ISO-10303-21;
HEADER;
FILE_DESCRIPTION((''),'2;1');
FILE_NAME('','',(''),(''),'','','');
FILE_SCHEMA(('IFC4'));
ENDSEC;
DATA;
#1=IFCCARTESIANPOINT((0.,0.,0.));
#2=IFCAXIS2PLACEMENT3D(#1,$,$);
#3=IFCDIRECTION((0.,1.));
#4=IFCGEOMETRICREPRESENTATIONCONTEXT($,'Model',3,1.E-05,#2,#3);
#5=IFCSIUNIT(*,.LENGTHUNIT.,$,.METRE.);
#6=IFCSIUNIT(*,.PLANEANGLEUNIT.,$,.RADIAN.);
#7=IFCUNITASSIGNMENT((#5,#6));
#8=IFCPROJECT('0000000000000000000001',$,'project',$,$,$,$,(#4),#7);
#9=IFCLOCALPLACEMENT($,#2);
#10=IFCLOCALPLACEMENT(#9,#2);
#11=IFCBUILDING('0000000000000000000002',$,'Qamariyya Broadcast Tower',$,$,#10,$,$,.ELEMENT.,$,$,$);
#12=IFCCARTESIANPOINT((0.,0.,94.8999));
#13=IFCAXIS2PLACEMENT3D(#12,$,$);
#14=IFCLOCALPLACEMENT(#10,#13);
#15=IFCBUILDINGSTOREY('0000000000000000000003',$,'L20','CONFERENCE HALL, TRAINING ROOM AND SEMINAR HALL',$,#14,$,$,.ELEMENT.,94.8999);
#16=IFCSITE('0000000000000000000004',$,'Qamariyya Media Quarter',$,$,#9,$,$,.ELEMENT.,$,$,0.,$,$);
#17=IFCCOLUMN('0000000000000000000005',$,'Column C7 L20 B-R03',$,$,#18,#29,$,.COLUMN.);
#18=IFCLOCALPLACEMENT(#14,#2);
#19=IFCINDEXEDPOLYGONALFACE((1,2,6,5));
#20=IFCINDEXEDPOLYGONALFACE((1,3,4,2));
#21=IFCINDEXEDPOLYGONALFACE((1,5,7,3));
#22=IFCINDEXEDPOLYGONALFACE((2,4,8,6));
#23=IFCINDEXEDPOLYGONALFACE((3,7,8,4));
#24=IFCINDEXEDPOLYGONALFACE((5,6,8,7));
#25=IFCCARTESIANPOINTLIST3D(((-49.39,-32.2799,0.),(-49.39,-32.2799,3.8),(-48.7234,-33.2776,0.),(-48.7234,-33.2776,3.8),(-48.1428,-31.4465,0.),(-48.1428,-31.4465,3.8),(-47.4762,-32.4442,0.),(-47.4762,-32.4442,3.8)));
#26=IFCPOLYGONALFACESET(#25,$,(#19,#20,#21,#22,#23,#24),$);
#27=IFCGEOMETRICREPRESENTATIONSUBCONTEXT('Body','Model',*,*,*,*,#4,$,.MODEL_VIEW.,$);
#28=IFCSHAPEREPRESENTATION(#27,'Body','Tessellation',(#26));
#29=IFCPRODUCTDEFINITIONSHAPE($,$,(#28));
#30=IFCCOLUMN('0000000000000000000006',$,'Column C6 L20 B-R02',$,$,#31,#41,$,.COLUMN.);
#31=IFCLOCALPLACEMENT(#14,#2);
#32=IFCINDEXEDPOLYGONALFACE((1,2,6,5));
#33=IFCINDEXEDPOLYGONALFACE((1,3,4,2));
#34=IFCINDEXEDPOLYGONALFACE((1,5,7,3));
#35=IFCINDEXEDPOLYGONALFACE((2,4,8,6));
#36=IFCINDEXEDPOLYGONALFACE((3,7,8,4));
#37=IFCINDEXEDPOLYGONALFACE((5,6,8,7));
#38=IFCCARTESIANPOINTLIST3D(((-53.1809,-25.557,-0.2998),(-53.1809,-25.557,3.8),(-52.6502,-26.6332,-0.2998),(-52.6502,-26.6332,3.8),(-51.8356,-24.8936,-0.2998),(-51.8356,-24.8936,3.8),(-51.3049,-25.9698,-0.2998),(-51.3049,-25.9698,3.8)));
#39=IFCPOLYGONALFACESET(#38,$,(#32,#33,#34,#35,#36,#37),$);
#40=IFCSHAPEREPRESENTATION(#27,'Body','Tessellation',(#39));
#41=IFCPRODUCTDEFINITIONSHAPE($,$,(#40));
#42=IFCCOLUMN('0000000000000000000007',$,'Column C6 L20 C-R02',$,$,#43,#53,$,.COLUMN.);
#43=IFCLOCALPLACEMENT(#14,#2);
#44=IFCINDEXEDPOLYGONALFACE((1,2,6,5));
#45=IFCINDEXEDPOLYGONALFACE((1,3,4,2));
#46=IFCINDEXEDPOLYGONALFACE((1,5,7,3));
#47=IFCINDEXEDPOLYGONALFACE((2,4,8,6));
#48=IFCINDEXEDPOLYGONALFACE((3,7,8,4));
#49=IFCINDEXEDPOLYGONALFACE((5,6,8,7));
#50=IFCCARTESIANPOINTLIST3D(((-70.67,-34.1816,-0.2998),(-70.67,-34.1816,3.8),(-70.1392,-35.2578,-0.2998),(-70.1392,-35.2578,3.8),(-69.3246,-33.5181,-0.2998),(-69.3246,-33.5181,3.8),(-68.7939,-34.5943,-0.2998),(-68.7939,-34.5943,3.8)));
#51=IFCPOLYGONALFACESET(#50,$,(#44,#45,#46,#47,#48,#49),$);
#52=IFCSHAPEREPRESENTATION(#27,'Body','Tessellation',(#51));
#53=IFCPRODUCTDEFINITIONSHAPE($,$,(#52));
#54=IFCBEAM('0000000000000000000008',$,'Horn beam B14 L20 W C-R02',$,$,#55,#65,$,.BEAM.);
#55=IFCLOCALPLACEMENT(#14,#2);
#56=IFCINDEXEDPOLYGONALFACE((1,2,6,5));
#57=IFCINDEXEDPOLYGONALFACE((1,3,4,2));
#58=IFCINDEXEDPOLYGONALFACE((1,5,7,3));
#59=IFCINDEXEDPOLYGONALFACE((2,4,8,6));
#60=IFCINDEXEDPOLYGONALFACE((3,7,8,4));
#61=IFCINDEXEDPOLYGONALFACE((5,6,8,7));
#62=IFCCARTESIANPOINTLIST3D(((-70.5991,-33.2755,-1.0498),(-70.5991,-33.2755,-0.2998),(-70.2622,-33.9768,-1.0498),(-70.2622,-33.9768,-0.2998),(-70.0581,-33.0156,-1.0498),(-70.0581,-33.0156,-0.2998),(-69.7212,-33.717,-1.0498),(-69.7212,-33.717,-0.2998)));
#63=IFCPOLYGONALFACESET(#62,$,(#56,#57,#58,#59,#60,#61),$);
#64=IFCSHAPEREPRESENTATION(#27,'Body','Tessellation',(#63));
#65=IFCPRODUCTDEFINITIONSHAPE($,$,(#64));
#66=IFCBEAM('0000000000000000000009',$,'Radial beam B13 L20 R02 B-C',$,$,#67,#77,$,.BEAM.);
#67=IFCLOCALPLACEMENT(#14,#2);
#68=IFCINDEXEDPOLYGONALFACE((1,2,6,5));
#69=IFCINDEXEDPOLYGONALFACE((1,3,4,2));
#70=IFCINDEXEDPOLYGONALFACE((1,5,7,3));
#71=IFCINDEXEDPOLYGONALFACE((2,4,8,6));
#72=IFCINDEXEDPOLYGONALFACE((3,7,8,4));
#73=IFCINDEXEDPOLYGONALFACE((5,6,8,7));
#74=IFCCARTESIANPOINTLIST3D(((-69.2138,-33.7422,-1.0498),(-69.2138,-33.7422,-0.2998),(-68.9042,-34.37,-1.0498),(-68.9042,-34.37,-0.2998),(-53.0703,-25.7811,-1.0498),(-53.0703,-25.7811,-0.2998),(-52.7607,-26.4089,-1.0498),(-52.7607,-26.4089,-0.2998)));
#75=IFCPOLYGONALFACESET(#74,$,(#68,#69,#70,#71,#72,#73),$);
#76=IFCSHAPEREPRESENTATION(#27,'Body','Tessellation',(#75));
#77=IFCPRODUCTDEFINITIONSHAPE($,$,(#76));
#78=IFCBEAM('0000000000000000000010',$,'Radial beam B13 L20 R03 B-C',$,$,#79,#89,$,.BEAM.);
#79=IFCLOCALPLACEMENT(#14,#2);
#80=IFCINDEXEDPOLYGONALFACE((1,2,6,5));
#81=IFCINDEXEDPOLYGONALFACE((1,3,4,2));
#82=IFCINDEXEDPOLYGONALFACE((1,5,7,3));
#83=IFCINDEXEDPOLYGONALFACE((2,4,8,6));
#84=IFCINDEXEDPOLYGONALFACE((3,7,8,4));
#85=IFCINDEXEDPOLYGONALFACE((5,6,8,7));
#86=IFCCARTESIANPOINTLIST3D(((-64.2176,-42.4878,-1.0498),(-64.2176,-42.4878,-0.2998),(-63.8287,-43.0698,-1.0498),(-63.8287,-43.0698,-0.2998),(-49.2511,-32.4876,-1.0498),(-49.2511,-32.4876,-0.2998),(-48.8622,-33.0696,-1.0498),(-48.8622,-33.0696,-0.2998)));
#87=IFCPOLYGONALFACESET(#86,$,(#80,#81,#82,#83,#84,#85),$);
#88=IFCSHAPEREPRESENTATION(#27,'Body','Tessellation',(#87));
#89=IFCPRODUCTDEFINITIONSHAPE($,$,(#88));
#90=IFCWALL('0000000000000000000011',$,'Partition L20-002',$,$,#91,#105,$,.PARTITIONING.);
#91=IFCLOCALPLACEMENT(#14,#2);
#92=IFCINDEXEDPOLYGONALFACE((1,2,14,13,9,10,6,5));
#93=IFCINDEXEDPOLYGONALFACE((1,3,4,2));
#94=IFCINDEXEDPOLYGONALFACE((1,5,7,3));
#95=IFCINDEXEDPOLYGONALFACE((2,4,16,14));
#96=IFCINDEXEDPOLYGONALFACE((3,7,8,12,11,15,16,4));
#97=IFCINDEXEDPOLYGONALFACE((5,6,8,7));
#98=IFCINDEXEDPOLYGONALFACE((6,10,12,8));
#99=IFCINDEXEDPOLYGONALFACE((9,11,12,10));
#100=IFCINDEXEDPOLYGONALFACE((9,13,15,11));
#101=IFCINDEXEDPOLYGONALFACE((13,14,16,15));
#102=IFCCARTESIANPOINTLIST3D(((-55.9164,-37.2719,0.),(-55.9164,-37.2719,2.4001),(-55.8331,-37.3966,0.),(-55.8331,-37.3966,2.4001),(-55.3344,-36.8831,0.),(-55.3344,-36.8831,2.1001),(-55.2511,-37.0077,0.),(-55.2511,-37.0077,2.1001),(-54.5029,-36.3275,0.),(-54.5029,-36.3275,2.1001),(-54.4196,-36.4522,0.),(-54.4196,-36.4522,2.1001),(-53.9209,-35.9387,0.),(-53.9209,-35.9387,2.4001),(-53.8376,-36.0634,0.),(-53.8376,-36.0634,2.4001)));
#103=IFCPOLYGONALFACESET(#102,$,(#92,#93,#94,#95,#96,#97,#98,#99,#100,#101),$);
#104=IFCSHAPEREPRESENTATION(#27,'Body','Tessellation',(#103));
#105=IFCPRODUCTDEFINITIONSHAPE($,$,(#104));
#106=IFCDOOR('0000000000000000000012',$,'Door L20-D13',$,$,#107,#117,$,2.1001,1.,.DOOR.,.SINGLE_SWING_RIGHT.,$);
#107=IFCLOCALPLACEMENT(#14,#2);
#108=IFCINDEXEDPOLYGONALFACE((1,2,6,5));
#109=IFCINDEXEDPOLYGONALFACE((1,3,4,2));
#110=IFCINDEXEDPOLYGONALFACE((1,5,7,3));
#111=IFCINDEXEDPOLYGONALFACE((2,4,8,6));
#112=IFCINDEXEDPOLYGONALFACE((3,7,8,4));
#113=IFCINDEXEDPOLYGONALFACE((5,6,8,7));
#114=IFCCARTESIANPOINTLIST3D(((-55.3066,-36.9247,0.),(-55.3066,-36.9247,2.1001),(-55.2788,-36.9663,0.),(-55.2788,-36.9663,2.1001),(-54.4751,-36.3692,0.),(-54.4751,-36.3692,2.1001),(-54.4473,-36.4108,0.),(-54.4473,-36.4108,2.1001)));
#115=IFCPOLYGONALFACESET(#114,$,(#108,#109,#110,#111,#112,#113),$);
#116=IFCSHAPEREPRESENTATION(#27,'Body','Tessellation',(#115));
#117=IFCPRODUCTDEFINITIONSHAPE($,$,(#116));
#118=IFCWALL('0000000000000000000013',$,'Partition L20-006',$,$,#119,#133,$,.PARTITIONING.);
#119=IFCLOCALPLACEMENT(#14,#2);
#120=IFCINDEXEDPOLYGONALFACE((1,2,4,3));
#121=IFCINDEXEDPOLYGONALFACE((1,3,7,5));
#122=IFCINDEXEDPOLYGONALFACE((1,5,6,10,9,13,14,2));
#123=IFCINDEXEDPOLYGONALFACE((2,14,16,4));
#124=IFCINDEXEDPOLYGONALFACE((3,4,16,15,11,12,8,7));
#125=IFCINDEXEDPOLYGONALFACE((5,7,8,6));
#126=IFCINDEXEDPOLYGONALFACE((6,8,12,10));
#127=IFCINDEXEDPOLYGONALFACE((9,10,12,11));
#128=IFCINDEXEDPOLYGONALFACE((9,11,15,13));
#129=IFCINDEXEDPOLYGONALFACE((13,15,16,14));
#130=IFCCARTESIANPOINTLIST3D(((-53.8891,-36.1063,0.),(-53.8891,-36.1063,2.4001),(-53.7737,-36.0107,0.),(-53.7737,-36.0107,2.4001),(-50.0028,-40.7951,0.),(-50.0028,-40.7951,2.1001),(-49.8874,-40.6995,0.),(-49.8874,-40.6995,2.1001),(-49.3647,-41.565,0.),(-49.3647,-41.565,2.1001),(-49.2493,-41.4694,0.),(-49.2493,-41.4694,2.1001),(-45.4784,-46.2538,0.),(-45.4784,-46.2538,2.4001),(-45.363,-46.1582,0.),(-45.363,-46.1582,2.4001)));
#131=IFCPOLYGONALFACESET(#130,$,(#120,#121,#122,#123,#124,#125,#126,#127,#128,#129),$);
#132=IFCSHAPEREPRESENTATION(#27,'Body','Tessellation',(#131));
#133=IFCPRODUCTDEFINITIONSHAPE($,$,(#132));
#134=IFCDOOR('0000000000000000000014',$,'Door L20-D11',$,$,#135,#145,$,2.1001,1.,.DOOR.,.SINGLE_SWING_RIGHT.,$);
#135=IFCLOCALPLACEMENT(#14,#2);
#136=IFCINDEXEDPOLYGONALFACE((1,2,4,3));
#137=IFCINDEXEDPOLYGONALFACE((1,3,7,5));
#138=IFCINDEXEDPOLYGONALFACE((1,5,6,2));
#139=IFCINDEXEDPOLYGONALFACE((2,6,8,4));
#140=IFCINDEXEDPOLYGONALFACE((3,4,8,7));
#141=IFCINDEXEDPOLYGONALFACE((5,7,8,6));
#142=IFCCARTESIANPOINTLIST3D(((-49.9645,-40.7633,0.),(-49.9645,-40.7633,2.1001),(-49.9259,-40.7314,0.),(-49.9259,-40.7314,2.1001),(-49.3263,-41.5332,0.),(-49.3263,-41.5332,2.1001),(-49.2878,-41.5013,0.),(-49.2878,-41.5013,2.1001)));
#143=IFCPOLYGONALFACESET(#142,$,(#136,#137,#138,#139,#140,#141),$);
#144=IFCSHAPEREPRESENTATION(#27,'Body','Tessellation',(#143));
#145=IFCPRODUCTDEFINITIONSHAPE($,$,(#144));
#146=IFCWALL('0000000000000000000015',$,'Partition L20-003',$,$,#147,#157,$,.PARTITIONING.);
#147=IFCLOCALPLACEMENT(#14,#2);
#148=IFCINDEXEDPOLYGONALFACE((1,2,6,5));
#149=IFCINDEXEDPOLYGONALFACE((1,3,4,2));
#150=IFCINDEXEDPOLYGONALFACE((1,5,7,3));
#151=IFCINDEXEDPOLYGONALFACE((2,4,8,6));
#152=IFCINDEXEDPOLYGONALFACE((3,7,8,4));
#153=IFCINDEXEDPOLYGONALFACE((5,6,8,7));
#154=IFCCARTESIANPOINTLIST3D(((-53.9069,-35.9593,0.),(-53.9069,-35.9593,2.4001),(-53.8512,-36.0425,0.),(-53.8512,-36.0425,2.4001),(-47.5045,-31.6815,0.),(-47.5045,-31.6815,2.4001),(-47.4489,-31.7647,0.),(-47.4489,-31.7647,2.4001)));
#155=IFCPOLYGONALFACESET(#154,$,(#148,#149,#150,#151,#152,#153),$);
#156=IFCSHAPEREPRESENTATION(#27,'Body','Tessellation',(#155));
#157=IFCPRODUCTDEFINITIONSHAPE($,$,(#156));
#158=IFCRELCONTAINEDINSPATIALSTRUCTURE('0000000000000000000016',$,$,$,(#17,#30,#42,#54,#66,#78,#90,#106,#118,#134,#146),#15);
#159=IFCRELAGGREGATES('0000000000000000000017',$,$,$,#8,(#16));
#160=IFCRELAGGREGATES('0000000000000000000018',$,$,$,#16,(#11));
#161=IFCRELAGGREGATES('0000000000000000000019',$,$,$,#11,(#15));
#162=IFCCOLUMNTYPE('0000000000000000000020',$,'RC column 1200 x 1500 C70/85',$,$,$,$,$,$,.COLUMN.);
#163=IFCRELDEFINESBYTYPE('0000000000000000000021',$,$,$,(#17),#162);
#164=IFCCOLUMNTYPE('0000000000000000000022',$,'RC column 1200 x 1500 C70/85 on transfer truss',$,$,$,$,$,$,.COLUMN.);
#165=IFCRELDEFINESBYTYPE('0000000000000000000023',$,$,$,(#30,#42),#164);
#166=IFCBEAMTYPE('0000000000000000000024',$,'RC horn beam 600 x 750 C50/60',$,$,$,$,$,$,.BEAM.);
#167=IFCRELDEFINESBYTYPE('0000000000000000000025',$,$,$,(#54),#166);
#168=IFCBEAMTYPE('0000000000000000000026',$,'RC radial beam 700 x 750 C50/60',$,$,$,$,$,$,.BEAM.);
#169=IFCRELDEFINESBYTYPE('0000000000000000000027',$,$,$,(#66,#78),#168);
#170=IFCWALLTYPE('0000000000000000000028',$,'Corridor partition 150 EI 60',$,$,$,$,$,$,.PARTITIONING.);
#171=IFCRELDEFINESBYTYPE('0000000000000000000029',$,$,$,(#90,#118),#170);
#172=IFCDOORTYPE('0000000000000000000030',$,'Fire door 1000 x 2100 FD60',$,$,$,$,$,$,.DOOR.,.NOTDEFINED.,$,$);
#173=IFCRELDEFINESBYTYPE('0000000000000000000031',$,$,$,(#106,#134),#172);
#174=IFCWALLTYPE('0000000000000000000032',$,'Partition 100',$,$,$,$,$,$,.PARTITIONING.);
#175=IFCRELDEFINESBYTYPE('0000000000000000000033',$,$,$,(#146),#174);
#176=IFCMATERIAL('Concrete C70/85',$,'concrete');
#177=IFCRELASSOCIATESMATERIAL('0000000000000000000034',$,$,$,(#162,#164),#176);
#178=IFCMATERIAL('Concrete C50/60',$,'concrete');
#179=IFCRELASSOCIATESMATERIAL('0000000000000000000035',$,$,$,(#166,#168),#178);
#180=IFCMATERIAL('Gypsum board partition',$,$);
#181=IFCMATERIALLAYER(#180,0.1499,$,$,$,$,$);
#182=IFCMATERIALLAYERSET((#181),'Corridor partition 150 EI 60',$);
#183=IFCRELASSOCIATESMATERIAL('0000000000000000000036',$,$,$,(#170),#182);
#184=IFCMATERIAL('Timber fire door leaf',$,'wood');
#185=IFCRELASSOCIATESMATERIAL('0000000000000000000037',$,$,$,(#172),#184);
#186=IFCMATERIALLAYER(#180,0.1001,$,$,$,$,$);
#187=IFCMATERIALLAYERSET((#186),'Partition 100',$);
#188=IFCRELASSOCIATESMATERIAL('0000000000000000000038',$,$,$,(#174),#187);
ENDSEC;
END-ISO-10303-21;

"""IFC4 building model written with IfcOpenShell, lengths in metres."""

from ifc_helpers import new_model, si_unit, direction, frame, frame_2d, origin, origin_2d, place, context, subcontext, project, spatial, rectangle, extrude, material, layer, layer_set, material_profile, profile_set, type_object, element, fill, save


model = new_model("IFC4")

# Units and contexts
model_context = context("Model", 3, precision=1e-05, world=origin(), true_north=direction((0.0, 1.0)))
body_context = subcontext(model_context, "Body", "Model", "MODEL_VIEW")
ifc_project = project(units=[si_unit("LENGTHUNIT", "METRE"), si_unit("PLANEANGLEUNIT", "RADIAN")], contexts=[model_context])

# Site, building, storey
site_placement = place(None, origin())
site = spatial("IfcSite", under=ifc_project, at=site_placement, Name="Qamariyya Media Quarter", CompositionType="ELEMENT", RefElevation=0.0)
building_placement = place(site_placement, origin())
building = spatial("IfcBuilding", under=site, at=building_placement, Name="Qamariyya Broadcast Tower", CompositionType="ELEMENT")
storey_placement = place(building_placement, frame((0.0, 0.0, 94.8999)))
storey = spatial("IfcBuildingStorey", under=building, at=storey_placement, Name="L20", Description="CONFERENCE HALL, TRAINING ROOM AND SEMINAR HALL", CompositionType="ELEMENT", Elevation=94.8999)

# Columns
ifc_material_1 = material(Name="Concrete C70/85", Category="concrete")
ifc_material_profile_1 = material_profile(ifc_material_1, rectangle(XDim=1.2, YDim=1.5, at=origin_2d()))
ifc_profile_set_1 = profile_set([ifc_material_profile_1], Name="Concrete C70/85")
column_type_1 = type_object("IfcColumnType", Name="RC column 1200 x 1500 C70/85", PredefinedType="COLUMN", material=ifc_profile_set_1)
column_placement = place(storey_placement, frame((-48.4331, -32.3621, 0.0), z_axis=(0.0, 0.0, 1.0), x_axis=(0.55557, -0.83147, 0.0)))
element("IfcColumn", 1, at=column_placement, inside=storey, type_object=column_type_1, Name="Column C7 L20 B-R03", PredefinedType="COLUMN", context=body_context, shape_type="SweptSolid", body=[
    extrude(rectangle(XDim=1.2, YDim=1.5, at=origin_2d()), origin(), (0.0, 0.0, 1.0), 3.8),
])
ifc_material_profile_2 = material_profile(ifc_material_1, rectangle(XDim=1.2, YDim=1.5, at=origin_2d()))
ifc_profile_set_2 = profile_set([ifc_material_profile_2], Name="Concrete C70/85")
column_type_2 = type_object("IfcColumnType", Name="RC column 1200 x 1500 C70/85 on transfer truss", PredefinedType="COLUMN", material=ifc_profile_set_2)
for number, where, z_axis, x_axis, name in (
    (2, (-52.2429, -25.7634, -0.2998), (0.0, 0.0, 1.0), (0.442289, -0.896873, 0.0), "Column C6 L20 B-R02"),
    (3, (-69.7319, -34.3879, -0.2998), (0.0, 0.0, 1.0), (0.442289, -0.896873, 0.0), "Column C6 L20 C-R02"),
):
    element("IfcColumn", number, at=place(storey_placement, frame(where, z_axis=z_axis, x_axis=x_axis)), inside=storey, type_object=column_type_2, Name=name, PredefinedType="COLUMN", context=body_context, shape_type="SweptSolid", body=[
        extrude(rectangle(XDim=1.2, YDim=1.5, at=origin_2d()), origin(), (0.0, 0.0, 1.0), 4.0999),
    ])

# Beams
ifc_material_2 = material(Name="Concrete C50/60", Category="concrete")
ifc_material_profile_3 = material_profile(ifc_material_2, rectangle(XDim=0.6001, YDim=0.75, at=origin_2d()))
ifc_profile_set_3 = profile_set([ifc_material_profile_3], Name="Concrete C50/60")
beam_type_1 = type_object("IfcBeamType", Name="RC horn beam 600 x 750 C50/60", PredefinedType="BEAM", material=ifc_profile_set_3)
beam_1_placement = place(storey_placement, frame((-69.9917, -33.8469, -0.6748), z_axis=(-0.432976, 0.901406, 0.0), x_axis=(-0.901406, -0.432976, 0.0)))
element("IfcBeam", 4, at=beam_1_placement, inside=storey, type_object=beam_type_1, Name="Horn beam B14 L20 W C-R02", PredefinedType="BEAM", context=body_context, shape_type="SweptSolid", body=[
    extrude(rectangle(XDim=0.6001, YDim=0.75, at=origin_2d()), origin(), (0.0, 0.0, 1.0), 0.7781),
])
ifc_material_profile_4 = material_profile(ifc_material_2, rectangle(XDim=0.7, YDim=0.75, at=origin_2d()))
ifc_profile_set_4 = profile_set([ifc_material_profile_4], Name="Concrete C50/60")
beam_type_2 = type_object("IfcBeamType", Name="RC radial beam 700 x 750 C50/60", PredefinedType="BEAM", material=ifc_profile_set_4)
beam_2_placement = place(storey_placement, frame((-52.9155, -26.095, -0.6748), z_axis=(-0.896871, -0.442291, 0.0), x_axis=(0.442291, -0.896871, 0.0)))
element("IfcBeam", 5, at=beam_2_placement, inside=storey, type_object=beam_type_2, Name="Radial beam B13 L20 R02 B-C", PredefinedType="BEAM", context=body_context, shape_type="SweptSolid", body=[
    extrude(rectangle(XDim=0.7, YDim=0.75, at=origin_2d()), origin(), (0.0, 0.0, 1.0), 17.9998),
])
beam_3_placement = place(storey_placement, frame((-49.0566, -32.7786, -0.6748), z_axis=(-0.831472, -0.555567, 0.0), x_axis=(0.555567, -0.831472, 0.0)))
element("IfcBeam", 6, at=beam_3_placement, inside=storey, type_object=beam_type_2, Name="Radial beam B13 L20 R03 B-C", PredefinedType="BEAM", context=body_context, shape_type="SweptSolid", body=[
    extrude(rectangle(XDim=0.7, YDim=0.75, at=origin_2d()), origin(), (0.0, 0.0, 1.0), 18.0),
])

# Walls, openings, doors
ifc_material_3 = material(Name="Gypsum board partition")
ifc_layer_1 = layer(ifc_material_3, 0.1499)
ifc_layer_set_1 = layer_set([ifc_layer_1], Name="Corridor partition 150 EI 60")
wall_type_1 = type_object("IfcWallType", Name="Corridor partition 150 EI 60", PredefinedType="PARTITIONING", material=ifc_layer_set_1)
wall_1_placement = place(storey_placement, frame((-55.8748, -37.3342, 0.0), z_axis=(0.0, 0.0, 1.0), x_axis=(0.831502, 0.555522, 0.0)))
wall_1 = element("IfcWall", 7, at=wall_1_placement, inside=storey, type_object=wall_type_1, Name="Partition L20-002", PredefinedType="PARTITIONING", context=body_context, shape_type="SweptSolid", body=[
    extrude(rectangle(XDim=2.3999, YDim=0.1499, at=frame_2d((1.2, 0.0))), origin(), (0.0, 0.0, 1.0), 2.4001),
])
opening_1_placement = place(wall_1_placement, frame((0.7, 0.0, 0.0)))
opening_1 = element("IfcOpeningElement", 8, at=opening_1_placement, cuts=wall_1, PredefinedType="OPENING", context=body_context, shape_type="SweptSolid", body=[
    extrude(rectangle(XDim=1.0, YDim=2.1001, at=frame_2d((0.5, 1.05))), frame((0.0, 0.085, 0.0), z_axis=(0.0, -1.0, 0.0), x_axis=(1.0, 0.0, 0.0)), (0.0, 0.0, 1.0), 0.1699),
])
ifc_material_4 = material(Name="Timber fire door leaf", Category="wood")
door_type = type_object("IfcDoorType", Name="Fire door 1000 x 2100 FD60", OperationType="NOTDEFINED", PredefinedType="DOOR", material=ifc_material_4)
door_1_placement = place(opening_1_placement, origin())
door_1 = element("IfcDoor", 9, at=door_1_placement, inside=storey, type_object=door_type, Name="Door L20-D13", OperationType="SINGLE_SWING_RIGHT", OverallHeight=2.1001, OverallWidth=1.0, PredefinedType="DOOR", context=body_context, shape_type="SweptSolid", body=[
    extrude(rectangle(XDim=1.0, YDim=2.1001, at=frame_2d((0.5, 1.05))), frame((0.0, 0.0249, 0.0), z_axis=(0.0, -1.0, 0.0), x_axis=(1.0, 0.0, 0.0)), (0.0, 0.0, 1.0), 0.05),
])
fill(opening_1, door_1)
wall_2_placement = place(storey_placement, frame((-53.8313, -36.0586, 0.0), z_axis=(0.0, 0.0, 1.0), x_axis=(0.638141, -0.769919, 0.0)))
wall_2 = element("IfcWall", 10, at=wall_2_placement, inside=storey, type_object=wall_type_1, Name="Partition L20-006", PredefinedType="PARTITIONING", context=body_context, shape_type="SweptSolid", body=[
    extrude(rectangle(XDim=13.1799, YDim=0.1499, at=frame_2d((6.5898, 0.0))), origin(), (0.0, 0.0, 1.0), 2.4001),
])
opening_2_placement = place(wall_2_placement, frame((6.0898, 0.0, 0.0)))
opening_2 = element("IfcOpeningElement", 11, at=opening_2_placement, cuts=wall_2, PredefinedType="OPENING", context=body_context, shape_type="SweptSolid", body=[
    extrude(rectangle(XDim=1.0, YDim=2.1001, at=frame_2d((0.5, 1.05))), frame((0.0, 0.085, 0.0), z_axis=(0.0, -1.0, 0.0), x_axis=(1.0, 0.0, 0.0)), (0.0, 0.0, 1.0), 0.1699),
])
door_2_placement = place(opening_2_placement, origin())
door_2 = element("IfcDoor", 12, at=door_2_placement, inside=storey, type_object=door_type, Name="Door L20-D11", OperationType="SINGLE_SWING_RIGHT", OverallHeight=2.1001, OverallWidth=1.0, PredefinedType="DOOR", context=body_context, shape_type="SweptSolid", body=[
    extrude(rectangle(XDim=1.0, YDim=2.1001, at=frame_2d((0.5, 1.05))), frame((0.0, 0.0249, 0.0), z_axis=(0.0, -1.0, 0.0), x_axis=(1.0, 0.0, 0.0)), (0.0, 0.0, 1.0), 0.05),
])
fill(opening_2, door_2)

# Wall
ifc_layer_2 = layer(ifc_material_3, 0.1001)
ifc_layer_set_2 = layer_set([ifc_layer_2], Name="Partition 100")
wall_type_2 = type_object("IfcWallType", Name="Partition 100", PredefinedType="PARTITIONING", material=ifc_layer_set_2)
wall_3_placement = place(storey_placement, frame((-53.8792, -36.001, 0.0), z_axis=(0.0, 0.0, 1.0), x_axis=(0.831474, 0.555563, 0.0)))
element("IfcWall", 13, at=wall_3_placement, inside=storey, type_object=wall_type_2, Name="Partition L20-003", PredefinedType="PARTITIONING", context=body_context, shape_type="SweptSolid", body=[
    extrude(rectangle(XDim=7.7, YDim=0.1001, at=frame_2d((3.8501, 0.0))), origin(), (0.0, 0.0, 1.0), 2.4001),
])

save(model, "model.ifc")
